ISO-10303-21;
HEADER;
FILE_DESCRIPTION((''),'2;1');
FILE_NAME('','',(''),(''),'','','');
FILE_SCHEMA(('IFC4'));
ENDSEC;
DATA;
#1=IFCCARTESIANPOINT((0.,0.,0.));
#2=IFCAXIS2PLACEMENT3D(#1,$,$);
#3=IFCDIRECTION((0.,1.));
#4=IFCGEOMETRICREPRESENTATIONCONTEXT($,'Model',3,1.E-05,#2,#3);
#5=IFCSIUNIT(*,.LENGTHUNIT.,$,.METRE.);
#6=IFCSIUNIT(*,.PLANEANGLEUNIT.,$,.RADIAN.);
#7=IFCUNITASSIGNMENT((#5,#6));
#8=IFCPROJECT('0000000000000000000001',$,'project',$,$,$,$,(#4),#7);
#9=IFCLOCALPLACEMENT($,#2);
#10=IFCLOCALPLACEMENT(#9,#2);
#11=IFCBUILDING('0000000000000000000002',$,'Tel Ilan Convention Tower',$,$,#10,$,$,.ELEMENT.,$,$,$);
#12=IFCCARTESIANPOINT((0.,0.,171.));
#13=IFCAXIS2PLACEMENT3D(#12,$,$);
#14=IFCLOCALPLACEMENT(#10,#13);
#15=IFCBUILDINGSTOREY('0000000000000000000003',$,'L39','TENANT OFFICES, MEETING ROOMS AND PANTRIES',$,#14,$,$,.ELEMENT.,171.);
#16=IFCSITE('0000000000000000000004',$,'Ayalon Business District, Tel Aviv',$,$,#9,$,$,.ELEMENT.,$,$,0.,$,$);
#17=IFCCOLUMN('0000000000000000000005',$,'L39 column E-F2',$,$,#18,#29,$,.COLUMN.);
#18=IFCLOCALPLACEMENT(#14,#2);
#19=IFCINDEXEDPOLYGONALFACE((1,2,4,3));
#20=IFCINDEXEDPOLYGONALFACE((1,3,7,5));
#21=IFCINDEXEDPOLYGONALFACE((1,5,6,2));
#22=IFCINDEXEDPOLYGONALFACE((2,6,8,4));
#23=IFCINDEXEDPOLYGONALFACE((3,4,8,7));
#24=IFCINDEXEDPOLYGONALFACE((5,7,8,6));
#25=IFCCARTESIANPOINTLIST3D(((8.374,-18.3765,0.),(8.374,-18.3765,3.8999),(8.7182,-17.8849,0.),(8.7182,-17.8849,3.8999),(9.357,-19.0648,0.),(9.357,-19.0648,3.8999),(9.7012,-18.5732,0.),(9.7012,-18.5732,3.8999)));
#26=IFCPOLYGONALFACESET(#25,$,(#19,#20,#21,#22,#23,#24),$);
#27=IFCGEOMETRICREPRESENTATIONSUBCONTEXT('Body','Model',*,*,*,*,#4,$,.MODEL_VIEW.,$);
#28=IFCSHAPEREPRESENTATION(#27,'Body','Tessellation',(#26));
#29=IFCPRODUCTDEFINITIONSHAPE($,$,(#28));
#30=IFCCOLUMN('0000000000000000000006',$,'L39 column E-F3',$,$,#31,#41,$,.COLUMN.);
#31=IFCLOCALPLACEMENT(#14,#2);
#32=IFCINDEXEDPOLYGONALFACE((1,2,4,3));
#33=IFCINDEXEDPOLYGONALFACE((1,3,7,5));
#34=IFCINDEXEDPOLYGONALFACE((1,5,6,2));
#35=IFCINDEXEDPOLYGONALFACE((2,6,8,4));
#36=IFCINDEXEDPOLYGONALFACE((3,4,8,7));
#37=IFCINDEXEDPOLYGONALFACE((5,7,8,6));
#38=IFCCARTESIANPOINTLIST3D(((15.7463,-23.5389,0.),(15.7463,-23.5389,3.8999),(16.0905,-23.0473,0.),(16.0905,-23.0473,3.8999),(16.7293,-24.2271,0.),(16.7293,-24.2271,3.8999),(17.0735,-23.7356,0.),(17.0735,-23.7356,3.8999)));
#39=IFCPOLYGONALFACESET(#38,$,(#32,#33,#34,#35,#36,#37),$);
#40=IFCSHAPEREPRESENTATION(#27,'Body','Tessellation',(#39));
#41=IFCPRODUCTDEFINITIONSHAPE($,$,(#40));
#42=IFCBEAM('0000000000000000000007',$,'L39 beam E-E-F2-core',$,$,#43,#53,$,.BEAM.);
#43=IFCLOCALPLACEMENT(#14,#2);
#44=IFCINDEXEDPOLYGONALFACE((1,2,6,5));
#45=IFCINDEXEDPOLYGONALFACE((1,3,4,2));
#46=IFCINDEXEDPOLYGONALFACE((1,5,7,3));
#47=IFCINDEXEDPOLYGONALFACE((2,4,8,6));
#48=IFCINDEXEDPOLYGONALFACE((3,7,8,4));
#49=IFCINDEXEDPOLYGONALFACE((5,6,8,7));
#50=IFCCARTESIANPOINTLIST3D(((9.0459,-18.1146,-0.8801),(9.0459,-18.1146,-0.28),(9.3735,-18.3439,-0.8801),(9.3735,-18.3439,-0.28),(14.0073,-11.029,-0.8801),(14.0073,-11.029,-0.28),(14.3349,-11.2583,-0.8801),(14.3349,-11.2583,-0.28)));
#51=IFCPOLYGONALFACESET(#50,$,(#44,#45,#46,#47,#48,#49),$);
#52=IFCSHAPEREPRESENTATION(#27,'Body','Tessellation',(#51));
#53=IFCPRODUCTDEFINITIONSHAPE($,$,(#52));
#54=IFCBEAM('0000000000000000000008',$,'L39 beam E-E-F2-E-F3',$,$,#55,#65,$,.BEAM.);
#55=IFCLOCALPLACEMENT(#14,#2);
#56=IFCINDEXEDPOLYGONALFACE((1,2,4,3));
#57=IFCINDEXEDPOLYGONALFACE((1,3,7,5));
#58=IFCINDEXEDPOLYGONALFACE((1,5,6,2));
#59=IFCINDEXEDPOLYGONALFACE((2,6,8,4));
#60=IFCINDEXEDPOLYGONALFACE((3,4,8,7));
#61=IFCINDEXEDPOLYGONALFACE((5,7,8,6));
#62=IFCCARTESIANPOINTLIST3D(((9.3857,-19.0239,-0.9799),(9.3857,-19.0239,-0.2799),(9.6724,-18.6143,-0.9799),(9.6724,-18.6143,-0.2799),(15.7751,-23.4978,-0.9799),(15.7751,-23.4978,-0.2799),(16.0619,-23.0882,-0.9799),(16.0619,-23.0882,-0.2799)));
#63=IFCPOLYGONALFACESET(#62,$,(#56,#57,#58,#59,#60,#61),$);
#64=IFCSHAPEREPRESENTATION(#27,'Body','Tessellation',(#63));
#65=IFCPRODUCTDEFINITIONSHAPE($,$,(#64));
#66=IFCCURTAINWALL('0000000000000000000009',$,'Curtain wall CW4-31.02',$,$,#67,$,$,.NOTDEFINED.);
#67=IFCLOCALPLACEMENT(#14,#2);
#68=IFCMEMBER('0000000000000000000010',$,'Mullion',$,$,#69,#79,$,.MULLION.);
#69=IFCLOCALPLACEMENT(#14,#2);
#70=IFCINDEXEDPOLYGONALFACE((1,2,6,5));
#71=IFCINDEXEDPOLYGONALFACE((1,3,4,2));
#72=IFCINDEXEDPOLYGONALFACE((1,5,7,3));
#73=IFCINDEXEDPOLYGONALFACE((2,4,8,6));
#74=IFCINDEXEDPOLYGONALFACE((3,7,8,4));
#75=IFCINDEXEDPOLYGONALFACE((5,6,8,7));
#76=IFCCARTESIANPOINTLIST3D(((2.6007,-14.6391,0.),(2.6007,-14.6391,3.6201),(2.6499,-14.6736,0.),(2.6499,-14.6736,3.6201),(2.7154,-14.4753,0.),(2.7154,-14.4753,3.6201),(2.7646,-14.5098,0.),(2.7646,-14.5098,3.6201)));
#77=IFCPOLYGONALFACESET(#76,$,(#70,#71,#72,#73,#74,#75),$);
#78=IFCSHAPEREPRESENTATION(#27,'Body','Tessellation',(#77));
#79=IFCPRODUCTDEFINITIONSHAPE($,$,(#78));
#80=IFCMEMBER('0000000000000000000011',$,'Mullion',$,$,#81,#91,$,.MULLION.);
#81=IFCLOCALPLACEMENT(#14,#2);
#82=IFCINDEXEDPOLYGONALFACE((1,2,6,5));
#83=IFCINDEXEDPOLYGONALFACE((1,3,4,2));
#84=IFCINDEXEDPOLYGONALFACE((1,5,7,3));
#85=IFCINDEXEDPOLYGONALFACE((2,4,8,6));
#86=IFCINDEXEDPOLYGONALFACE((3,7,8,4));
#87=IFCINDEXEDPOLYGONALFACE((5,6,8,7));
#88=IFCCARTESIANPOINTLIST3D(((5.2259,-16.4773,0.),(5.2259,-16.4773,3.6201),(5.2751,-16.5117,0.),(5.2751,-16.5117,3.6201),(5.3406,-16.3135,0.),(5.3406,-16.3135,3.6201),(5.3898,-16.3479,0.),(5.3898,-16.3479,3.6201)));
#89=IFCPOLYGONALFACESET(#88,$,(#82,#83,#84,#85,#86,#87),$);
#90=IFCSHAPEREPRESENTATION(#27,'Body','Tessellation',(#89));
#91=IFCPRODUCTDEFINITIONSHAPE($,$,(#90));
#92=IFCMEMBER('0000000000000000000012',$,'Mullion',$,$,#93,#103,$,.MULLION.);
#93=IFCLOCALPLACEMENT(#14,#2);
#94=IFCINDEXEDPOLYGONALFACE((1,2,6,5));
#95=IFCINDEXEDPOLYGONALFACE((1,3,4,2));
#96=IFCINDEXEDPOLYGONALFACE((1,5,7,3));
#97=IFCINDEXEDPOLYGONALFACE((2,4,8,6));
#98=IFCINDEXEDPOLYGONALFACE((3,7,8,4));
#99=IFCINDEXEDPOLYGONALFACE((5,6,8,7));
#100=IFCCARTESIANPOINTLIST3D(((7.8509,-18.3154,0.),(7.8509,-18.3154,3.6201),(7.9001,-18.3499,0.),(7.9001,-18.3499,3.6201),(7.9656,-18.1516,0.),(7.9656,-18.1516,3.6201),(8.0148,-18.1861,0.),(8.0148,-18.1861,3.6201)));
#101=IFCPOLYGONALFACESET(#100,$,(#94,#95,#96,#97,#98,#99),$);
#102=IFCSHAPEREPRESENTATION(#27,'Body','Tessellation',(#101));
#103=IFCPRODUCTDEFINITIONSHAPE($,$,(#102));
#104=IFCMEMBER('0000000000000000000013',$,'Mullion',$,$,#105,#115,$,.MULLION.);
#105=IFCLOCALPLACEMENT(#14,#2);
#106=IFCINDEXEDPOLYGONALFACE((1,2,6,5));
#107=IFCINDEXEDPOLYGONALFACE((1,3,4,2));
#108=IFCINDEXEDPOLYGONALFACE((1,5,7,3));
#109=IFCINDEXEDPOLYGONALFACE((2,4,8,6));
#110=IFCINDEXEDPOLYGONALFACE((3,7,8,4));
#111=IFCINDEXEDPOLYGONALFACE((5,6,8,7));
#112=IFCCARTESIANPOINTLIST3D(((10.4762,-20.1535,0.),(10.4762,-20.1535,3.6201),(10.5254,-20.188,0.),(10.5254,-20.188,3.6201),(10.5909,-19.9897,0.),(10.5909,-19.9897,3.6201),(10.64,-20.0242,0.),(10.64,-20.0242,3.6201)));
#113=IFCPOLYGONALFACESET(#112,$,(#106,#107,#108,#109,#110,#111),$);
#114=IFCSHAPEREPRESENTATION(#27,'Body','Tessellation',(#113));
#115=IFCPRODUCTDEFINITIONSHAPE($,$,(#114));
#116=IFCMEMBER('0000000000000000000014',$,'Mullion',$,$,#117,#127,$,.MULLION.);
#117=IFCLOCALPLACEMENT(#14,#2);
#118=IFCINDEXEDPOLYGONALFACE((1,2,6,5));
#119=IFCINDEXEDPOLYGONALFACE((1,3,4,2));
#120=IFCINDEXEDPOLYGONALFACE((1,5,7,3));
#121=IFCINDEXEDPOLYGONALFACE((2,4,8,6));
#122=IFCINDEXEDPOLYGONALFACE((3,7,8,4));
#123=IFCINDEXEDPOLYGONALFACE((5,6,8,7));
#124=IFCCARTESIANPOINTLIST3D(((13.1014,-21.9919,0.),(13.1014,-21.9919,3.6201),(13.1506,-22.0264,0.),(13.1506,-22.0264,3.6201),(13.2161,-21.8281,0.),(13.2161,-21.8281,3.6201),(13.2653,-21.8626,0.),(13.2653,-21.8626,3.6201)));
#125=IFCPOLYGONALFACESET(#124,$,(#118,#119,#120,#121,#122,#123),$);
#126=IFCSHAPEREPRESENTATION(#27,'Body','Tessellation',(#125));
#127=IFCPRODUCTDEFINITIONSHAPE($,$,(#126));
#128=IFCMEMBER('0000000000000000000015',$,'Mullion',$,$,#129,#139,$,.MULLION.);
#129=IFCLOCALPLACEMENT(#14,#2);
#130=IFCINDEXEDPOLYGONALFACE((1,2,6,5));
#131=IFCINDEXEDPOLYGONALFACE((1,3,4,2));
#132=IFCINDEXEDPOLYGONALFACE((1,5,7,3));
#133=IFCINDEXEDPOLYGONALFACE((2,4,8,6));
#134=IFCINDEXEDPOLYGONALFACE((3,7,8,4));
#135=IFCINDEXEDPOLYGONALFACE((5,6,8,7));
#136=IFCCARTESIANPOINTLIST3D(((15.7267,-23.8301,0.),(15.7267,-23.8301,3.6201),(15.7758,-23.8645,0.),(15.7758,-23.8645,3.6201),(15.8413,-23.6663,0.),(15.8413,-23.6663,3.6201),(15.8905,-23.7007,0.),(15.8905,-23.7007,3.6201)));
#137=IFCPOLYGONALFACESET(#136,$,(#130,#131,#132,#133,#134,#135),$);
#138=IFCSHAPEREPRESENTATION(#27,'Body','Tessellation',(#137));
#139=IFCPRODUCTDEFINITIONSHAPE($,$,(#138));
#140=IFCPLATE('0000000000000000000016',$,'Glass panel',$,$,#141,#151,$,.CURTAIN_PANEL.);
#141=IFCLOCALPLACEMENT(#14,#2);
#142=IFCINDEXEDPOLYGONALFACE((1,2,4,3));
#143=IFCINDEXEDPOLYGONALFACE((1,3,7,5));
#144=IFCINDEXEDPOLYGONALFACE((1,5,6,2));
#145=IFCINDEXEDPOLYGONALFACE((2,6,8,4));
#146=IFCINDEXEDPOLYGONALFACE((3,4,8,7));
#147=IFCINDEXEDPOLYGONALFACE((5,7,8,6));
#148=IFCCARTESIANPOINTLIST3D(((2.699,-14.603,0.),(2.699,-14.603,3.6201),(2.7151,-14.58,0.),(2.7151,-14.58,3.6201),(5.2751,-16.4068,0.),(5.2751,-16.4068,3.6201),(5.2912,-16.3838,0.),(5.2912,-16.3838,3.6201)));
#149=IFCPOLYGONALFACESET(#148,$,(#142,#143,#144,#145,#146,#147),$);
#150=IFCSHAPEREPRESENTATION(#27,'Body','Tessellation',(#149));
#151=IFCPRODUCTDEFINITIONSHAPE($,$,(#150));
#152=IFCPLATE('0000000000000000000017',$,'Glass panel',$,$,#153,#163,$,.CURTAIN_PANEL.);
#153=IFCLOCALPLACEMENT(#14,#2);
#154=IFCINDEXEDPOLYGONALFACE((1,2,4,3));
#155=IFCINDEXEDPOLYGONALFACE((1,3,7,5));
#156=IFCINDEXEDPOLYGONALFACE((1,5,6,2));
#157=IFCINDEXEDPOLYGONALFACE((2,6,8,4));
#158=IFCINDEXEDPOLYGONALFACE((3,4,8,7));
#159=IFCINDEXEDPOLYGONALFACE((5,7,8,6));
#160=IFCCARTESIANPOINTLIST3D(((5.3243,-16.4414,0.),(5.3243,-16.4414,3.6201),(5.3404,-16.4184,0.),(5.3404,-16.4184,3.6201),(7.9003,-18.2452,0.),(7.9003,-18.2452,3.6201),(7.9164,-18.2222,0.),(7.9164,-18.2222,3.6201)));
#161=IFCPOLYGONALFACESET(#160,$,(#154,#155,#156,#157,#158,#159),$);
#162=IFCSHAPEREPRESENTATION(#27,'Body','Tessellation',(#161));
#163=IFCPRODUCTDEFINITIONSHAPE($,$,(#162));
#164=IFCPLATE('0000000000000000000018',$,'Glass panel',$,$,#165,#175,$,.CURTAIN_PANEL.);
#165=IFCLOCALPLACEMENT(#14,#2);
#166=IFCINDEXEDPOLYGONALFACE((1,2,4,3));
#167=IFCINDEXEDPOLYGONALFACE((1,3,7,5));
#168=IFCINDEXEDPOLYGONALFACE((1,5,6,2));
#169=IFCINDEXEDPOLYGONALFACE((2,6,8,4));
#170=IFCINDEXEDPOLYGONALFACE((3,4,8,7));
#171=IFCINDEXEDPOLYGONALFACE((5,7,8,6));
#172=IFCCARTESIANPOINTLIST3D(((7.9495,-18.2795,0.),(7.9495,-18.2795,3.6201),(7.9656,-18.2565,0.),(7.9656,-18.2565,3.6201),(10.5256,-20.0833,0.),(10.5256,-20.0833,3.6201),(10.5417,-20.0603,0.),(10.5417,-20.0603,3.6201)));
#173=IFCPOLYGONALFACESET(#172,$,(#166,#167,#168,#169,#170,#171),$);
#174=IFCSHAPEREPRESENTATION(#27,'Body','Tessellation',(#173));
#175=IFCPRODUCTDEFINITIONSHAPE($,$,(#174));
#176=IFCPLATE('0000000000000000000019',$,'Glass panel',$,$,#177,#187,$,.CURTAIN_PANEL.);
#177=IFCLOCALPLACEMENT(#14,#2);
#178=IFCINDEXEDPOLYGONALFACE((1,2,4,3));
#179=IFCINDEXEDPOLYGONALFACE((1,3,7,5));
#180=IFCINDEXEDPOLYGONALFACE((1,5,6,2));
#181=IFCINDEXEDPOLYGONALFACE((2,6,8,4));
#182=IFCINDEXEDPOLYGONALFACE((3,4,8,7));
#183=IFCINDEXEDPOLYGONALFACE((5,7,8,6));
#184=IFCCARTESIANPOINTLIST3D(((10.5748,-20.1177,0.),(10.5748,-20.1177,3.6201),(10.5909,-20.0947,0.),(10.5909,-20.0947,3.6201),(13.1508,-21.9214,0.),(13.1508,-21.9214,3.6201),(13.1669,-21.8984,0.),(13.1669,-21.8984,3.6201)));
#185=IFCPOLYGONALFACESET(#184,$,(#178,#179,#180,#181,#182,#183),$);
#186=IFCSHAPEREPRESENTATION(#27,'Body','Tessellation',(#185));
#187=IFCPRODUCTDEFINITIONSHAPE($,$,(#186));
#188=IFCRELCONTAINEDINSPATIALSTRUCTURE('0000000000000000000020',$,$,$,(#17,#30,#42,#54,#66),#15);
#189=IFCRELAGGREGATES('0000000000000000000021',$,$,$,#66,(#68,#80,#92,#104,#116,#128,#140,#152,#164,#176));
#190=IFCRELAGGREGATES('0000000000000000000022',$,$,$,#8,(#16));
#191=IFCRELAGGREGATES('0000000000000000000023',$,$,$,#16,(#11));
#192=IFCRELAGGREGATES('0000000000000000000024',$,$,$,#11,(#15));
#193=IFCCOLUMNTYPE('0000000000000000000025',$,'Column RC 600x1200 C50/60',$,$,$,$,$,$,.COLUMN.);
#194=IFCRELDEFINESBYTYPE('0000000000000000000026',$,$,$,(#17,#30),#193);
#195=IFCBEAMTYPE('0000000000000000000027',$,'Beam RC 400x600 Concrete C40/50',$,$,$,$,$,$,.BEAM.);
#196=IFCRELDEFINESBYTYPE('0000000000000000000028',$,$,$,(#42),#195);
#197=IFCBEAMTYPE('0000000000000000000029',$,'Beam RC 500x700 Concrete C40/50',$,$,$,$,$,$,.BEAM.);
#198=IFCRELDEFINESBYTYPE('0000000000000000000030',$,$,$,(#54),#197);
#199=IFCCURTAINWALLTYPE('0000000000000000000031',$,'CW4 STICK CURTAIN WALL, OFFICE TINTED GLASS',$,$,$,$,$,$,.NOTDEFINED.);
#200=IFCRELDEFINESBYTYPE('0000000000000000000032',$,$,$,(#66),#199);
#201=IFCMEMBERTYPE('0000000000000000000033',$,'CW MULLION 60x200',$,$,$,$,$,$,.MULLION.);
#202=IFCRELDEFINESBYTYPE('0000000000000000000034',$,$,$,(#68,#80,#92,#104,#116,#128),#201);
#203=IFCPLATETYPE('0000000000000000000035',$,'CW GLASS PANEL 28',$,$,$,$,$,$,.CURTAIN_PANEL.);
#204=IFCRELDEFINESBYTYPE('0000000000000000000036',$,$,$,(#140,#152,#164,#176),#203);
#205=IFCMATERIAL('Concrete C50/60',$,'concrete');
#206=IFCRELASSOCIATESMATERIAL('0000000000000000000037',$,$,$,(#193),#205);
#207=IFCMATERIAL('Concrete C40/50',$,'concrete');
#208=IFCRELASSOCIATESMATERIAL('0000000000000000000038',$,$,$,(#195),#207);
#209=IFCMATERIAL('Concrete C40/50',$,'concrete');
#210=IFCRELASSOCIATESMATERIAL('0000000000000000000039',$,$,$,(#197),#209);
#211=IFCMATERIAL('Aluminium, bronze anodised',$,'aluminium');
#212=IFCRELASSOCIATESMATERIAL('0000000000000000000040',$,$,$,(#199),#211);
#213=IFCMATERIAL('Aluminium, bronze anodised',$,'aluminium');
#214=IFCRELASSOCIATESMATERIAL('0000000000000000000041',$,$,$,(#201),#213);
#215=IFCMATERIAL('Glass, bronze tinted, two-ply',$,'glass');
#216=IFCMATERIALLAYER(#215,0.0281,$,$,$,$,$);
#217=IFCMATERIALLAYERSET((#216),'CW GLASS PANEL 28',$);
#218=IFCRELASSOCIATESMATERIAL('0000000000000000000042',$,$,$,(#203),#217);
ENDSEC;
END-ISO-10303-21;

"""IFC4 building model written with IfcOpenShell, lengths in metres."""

from ifc_helpers import new_model, si_unit, direction, frame, origin, origin_2d, place, context, subcontext, project, spatial, rectangle, extrude, material, layer, layer_set, material_profile, profile_set, type_object, element, aggregate, save


model = new_model("IFC4")

# Units and contexts
model_context = context("Model", 3, precision=1e-05, world=origin(), true_north=direction((0.0, 1.0)))
body_context = subcontext(model_context, "Body", "Model", "MODEL_VIEW")
ifc_project = project(units=[si_unit("LENGTHUNIT", "METRE"), si_unit("PLANEANGLEUNIT", "RADIAN")], contexts=[model_context])

# Site, building, storey
site_placement = place(None, origin())
site = spatial("IfcSite", under=ifc_project, at=site_placement, Name="Ayalon Business District, Tel Aviv", CompositionType="ELEMENT", RefElevation=0.0)
building_placement = place(site_placement, origin())
building = spatial("IfcBuilding", under=site, at=building_placement, Name="Tel Ilan Convention Tower", CompositionType="ELEMENT")
storey_placement = place(building_placement, frame((0.0, 0.0, 171.0)))
storey = spatial("IfcBuildingStorey", under=building, at=storey_placement, Name="L39", Description="TENANT OFFICES, MEETING ROOMS AND PANTRIES", CompositionType="ELEMENT", Elevation=171.0)

# Columns
ifc_material_1 = material(Name="Concrete C50/60", Category="concrete")
ifc_material_profile_1 = material_profile(ifc_material_1, rectangle(XDim=1.2, YDim=0.6001, at=origin_2d()), Name="RC 600x1200")
ifc_profile_set_1 = profile_set([ifc_material_profile_1], Name="Concrete C50/60")
column_type = type_object("IfcColumnType", Name="Column RC 600x1200 C50/60", PredefinedType="COLUMN", material=ifc_profile_set_1)
for number, where, z_axis, x_axis, name in (
    (1, (9.0376, -18.4749, 0.0), (0.0, 0.0, 1.0), (0.819152, -0.573576, 0.0), "L39 column E-F2"),
    (2, (16.4099, -23.6372, 0.0), (0.0, 0.0, 1.0), (0.819152, -0.573576, 0.0), "L39 column E-F3"),
):
    element("IfcColumn", number, at=place(storey_placement, frame(where, z_axis=z_axis, x_axis=x_axis)), inside=storey, type_object=column_type, Name=name, PredefinedType="COLUMN", context=body_context, shape_type="SweptSolid", body=[
        extrude(rectangle(XDim=1.2, YDim=0.6001, at=origin_2d()), origin(), (0.0, 0.0, 1.0), 3.8999),
    ])

# Beams
ifc_material_2 = material(Name="Concrete C40/50", Category="concrete")
ifc_material_profile_2 = material_profile(ifc_material_2, rectangle(XDim=0.3999, YDim=0.6001, at=origin_2d()), Name="RC 400x600")
ifc_profile_set_2 = profile_set([ifc_material_profile_2], Name="Concrete C40/50")
beam_type_1 = type_object("IfcBeamType", Name="Beam RC 400x600 Concrete C40/50", PredefinedType="BEAM", material=ifc_profile_set_2)
beam_1_placement = place(storey_placement, frame((9.2097, -18.2292, -0.5801), z_axis=(0.573574, 0.819154, 0.0), x_axis=(-0.819154, 0.573574, 0.0)))
element("IfcBeam", 3, at=beam_1_placement, inside=storey, type_object=beam_type_1, Name="L39 beam E-E-F2-core", PredefinedType="BEAM", context=body_context, shape_type="SweptSolid", body=[
    extrude(rectangle(XDim=0.3999, YDim=0.6001, at=origin_2d()), origin(), (0.0, 0.0, 1.0), 8.6499),
])
ifc_material_3 = material(Name="Concrete C40/50", Category="concrete")
ifc_material_profile_3 = material_profile(ifc_material_3, rectangle(XDim=0.5, YDim=0.7, at=origin_2d()), Name="RC 500x700")
ifc_profile_set_3 = profile_set([ifc_material_profile_3], Name="Concrete C40/50")
beam_type_2 = type_object("IfcBeamType", Name="Beam RC 500x700 Concrete C40/50", PredefinedType="BEAM", material=ifc_profile_set_3)
beam_2_placement = place(storey_placement, frame((9.5291, -18.8191, -0.6299), z_axis=(0.819154, -0.573574, 0.0), x_axis=(0.573574, 0.819154, 0.0)))
element("IfcBeam", 4, at=beam_2_placement, inside=storey, type_object=beam_type_2, Name="L39 beam E-E-F2-E-F3", PredefinedType="BEAM", context=body_context, shape_type="SweptSolid", body=[
    extrude(rectangle(XDim=0.5, YDim=0.7, at=origin_2d()), origin(), (0.0, 0.0, 1.0), 7.8),
])

# Curtain wall, members, plates
ifc_material_4 = material(Name="Aluminium, bronze anodised", Category="aluminium")
curtain_wall_type = type_object("IfcCurtainWallType", Name="CW4 STICK CURTAIN WALL, OFFICE TINTED GLASS", PredefinedType="NOTDEFINED", material=ifc_material_4)
curtain_wall_placement = place(storey_placement, origin())
curtain_wall = element("IfcCurtainWall", 5, at=curtain_wall_placement, inside=storey, type_object=curtain_wall_type, Name="Curtain wall CW4-31.02", PredefinedType="NOTDEFINED")
ifc_material_5 = material(Name="Aluminium, bronze anodised", Category="aluminium")
ifc_material_profile_4 = material_profile(ifc_material_5, rectangle(XDim=0.0601, YDim=0.2, at=origin_2d()), Name="CW MULLION 60x200")
ifc_profile_set_4 = profile_set([ifc_material_profile_4], Name="Aluminium, bronze anodised")
member_type = type_object("IfcMemberType", Name="CW MULLION 60x200", PredefinedType="MULLION", material=ifc_profile_set_4)
member_1_placement = place(storey_placement, frame((2.6826, -14.5745, 0.0), z_axis=(0.0, 0.0, 1.0), x_axis=(0.819152, -0.573576, 0.0)))
member_1 = element("IfcMember", 6, at=member_1_placement, type_object=member_type, Name="Mullion", PredefinedType="MULLION", context=body_context, shape_type="SweptSolid", body=[
    extrude(rectangle(XDim=0.0601, YDim=0.2, at=origin_2d()), origin(), (0.0, 0.0, 1.0), 3.6201),
])
member_2_placement = place(storey_placement, frame((5.3079, -16.4126, 0.0), z_axis=(0.0, 0.0, 1.0), x_axis=(0.819152, -0.573576, 0.0)))
member_2 = element("IfcMember", 7, at=member_2_placement, type_object=member_type, Name="Mullion", PredefinedType="MULLION", context=body_context, shape_type="SweptSolid", body=[
    extrude(rectangle(XDim=0.0601, YDim=0.2, at=origin_2d()), origin(), (0.0, 0.0, 1.0), 3.6201),
])
member_3_placement = place(storey_placement, frame((7.9329, -18.2507, 0.0), z_axis=(0.0, 0.0, 1.0), x_axis=(0.819152, -0.573576, 0.0)))
member_3 = element("IfcMember", 8, at=member_3_placement, type_object=member_type, Name="Mullion", PredefinedType="MULLION", context=body_context, shape_type="SweptSolid", body=[
    extrude(rectangle(XDim=0.0601, YDim=0.2, at=origin_2d()), origin(), (0.0, 0.0, 1.0), 3.6201),
])
member_4_placement = place(storey_placement, frame((10.5581, -20.0889, 0.0), z_axis=(0.0, 0.0, 1.0), x_axis=(0.819152, -0.573576, 0.0)))
member_4 = element("IfcMember", 9, at=member_4_placement, type_object=member_type, Name="Mullion", PredefinedType="MULLION", context=body_context, shape_type="SweptSolid", body=[
    extrude(rectangle(XDim=0.0601, YDim=0.2, at=origin_2d()), origin(), (0.0, 0.0, 1.0), 3.6201),
])
member_5_placement = place(storey_placement, frame((13.1833, -21.9272, 0.0), z_axis=(0.0, 0.0, 1.0), x_axis=(0.819152, -0.573576, 0.0)))
member_5 = element("IfcMember", 10, at=member_5_placement, type_object=member_type, Name="Mullion", PredefinedType="MULLION", context=body_context, shape_type="SweptSolid", body=[
    extrude(rectangle(XDim=0.0601, YDim=0.2, at=origin_2d()), origin(), (0.0, 0.0, 1.0), 3.6201),
])
member_6_placement = place(storey_placement, frame((15.8086, -23.7654, 0.0), z_axis=(0.0, 0.0, 1.0), x_axis=(0.819152, -0.573576, 0.0)))
member_6 = element("IfcMember", 11, at=member_6_placement, type_object=member_type, Name="Mullion", PredefinedType="MULLION", context=body_context, shape_type="SweptSolid", body=[
    extrude(rectangle(XDim=0.0601, YDim=0.2, at=origin_2d()), origin(), (0.0, 0.0, 1.0), 3.6201),
])
ifc_material_6 = material(Name="Glass, bronze tinted, two-ply", Category="glass")
ifc_layer_1 = layer(ifc_material_6, 0.0281)
ifc_layer_set_1 = layer_set([ifc_layer_1], Name="CW GLASS PANEL 28")
plate_type = type_object("IfcPlateType", Name="CW GLASS PANEL 28", PredefinedType="CURTAIN_PANEL", material=ifc_layer_set_1)
plate_1_placement = place(storey_placement, frame((3.9951, -15.4934, 0.0), z_axis=(0.0, 0.0, 1.0), x_axis=(0.819152, -0.573576, 0.0)))
plate_1 = element("IfcPlate", 12, at=plate_1_placement, type_object=plate_type, Name="Glass panel", PredefinedType="CURTAIN_PANEL", context=body_context, shape_type="SweptSolid", body=[
    extrude(rectangle(XDim=3.1448, YDim=0.0281, at=origin_2d()), origin(), (0.0, 0.0, 1.0), 3.6201),
])
plate_2_placement = place(storey_placement, frame((6.6204, -17.3318, 0.0), z_axis=(0.0, 0.0, 1.0), x_axis=(0.819152, -0.573576, 0.0)))
plate_2 = element("IfcPlate", 13, at=plate_2_placement, type_object=plate_type, Name="Glass panel", PredefinedType="CURTAIN_PANEL", context=body_context, shape_type="SweptSolid", body=[
    extrude(rectangle(XDim=3.1448, YDim=0.0281, at=origin_2d()), origin(), (0.0, 0.0, 1.0), 3.6201),
])
plate_3_placement = place(storey_placement, frame((9.2456, -19.1699, 0.0), z_axis=(0.0, 0.0, 1.0), x_axis=(0.819152, -0.573576, 0.0)))
plate_3 = element("IfcPlate", 14, at=plate_3_placement, type_object=plate_type, Name="Glass panel", PredefinedType="CURTAIN_PANEL", context=body_context, shape_type="SweptSolid", body=[
    extrude(rectangle(XDim=3.1448, YDim=0.0281, at=origin_2d()), origin(), (0.0, 0.0, 1.0), 3.6201),
])
plate_4_placement = place(storey_placement, frame((11.8708, -21.0081, 0.0), z_axis=(0.0, 0.0, 1.0), x_axis=(0.819152, -0.573576, 0.0)))
plate_4 = element("IfcPlate", 15, at=plate_4_placement, type_object=plate_type, Name="Glass panel", PredefinedType="CURTAIN_PANEL", context=body_context, shape_type="SweptSolid", body=[
    extrude(rectangle(XDim=3.1448, YDim=0.0281, at=origin_2d()), origin(), (0.0, 0.0, 1.0), 3.6201),
])
aggregate(curtain_wall, [member_1, member_2, member_3, member_4, member_5, member_6, plate_1, plate_2, plate_3, plate_4])

save(model, "model.ifc")
